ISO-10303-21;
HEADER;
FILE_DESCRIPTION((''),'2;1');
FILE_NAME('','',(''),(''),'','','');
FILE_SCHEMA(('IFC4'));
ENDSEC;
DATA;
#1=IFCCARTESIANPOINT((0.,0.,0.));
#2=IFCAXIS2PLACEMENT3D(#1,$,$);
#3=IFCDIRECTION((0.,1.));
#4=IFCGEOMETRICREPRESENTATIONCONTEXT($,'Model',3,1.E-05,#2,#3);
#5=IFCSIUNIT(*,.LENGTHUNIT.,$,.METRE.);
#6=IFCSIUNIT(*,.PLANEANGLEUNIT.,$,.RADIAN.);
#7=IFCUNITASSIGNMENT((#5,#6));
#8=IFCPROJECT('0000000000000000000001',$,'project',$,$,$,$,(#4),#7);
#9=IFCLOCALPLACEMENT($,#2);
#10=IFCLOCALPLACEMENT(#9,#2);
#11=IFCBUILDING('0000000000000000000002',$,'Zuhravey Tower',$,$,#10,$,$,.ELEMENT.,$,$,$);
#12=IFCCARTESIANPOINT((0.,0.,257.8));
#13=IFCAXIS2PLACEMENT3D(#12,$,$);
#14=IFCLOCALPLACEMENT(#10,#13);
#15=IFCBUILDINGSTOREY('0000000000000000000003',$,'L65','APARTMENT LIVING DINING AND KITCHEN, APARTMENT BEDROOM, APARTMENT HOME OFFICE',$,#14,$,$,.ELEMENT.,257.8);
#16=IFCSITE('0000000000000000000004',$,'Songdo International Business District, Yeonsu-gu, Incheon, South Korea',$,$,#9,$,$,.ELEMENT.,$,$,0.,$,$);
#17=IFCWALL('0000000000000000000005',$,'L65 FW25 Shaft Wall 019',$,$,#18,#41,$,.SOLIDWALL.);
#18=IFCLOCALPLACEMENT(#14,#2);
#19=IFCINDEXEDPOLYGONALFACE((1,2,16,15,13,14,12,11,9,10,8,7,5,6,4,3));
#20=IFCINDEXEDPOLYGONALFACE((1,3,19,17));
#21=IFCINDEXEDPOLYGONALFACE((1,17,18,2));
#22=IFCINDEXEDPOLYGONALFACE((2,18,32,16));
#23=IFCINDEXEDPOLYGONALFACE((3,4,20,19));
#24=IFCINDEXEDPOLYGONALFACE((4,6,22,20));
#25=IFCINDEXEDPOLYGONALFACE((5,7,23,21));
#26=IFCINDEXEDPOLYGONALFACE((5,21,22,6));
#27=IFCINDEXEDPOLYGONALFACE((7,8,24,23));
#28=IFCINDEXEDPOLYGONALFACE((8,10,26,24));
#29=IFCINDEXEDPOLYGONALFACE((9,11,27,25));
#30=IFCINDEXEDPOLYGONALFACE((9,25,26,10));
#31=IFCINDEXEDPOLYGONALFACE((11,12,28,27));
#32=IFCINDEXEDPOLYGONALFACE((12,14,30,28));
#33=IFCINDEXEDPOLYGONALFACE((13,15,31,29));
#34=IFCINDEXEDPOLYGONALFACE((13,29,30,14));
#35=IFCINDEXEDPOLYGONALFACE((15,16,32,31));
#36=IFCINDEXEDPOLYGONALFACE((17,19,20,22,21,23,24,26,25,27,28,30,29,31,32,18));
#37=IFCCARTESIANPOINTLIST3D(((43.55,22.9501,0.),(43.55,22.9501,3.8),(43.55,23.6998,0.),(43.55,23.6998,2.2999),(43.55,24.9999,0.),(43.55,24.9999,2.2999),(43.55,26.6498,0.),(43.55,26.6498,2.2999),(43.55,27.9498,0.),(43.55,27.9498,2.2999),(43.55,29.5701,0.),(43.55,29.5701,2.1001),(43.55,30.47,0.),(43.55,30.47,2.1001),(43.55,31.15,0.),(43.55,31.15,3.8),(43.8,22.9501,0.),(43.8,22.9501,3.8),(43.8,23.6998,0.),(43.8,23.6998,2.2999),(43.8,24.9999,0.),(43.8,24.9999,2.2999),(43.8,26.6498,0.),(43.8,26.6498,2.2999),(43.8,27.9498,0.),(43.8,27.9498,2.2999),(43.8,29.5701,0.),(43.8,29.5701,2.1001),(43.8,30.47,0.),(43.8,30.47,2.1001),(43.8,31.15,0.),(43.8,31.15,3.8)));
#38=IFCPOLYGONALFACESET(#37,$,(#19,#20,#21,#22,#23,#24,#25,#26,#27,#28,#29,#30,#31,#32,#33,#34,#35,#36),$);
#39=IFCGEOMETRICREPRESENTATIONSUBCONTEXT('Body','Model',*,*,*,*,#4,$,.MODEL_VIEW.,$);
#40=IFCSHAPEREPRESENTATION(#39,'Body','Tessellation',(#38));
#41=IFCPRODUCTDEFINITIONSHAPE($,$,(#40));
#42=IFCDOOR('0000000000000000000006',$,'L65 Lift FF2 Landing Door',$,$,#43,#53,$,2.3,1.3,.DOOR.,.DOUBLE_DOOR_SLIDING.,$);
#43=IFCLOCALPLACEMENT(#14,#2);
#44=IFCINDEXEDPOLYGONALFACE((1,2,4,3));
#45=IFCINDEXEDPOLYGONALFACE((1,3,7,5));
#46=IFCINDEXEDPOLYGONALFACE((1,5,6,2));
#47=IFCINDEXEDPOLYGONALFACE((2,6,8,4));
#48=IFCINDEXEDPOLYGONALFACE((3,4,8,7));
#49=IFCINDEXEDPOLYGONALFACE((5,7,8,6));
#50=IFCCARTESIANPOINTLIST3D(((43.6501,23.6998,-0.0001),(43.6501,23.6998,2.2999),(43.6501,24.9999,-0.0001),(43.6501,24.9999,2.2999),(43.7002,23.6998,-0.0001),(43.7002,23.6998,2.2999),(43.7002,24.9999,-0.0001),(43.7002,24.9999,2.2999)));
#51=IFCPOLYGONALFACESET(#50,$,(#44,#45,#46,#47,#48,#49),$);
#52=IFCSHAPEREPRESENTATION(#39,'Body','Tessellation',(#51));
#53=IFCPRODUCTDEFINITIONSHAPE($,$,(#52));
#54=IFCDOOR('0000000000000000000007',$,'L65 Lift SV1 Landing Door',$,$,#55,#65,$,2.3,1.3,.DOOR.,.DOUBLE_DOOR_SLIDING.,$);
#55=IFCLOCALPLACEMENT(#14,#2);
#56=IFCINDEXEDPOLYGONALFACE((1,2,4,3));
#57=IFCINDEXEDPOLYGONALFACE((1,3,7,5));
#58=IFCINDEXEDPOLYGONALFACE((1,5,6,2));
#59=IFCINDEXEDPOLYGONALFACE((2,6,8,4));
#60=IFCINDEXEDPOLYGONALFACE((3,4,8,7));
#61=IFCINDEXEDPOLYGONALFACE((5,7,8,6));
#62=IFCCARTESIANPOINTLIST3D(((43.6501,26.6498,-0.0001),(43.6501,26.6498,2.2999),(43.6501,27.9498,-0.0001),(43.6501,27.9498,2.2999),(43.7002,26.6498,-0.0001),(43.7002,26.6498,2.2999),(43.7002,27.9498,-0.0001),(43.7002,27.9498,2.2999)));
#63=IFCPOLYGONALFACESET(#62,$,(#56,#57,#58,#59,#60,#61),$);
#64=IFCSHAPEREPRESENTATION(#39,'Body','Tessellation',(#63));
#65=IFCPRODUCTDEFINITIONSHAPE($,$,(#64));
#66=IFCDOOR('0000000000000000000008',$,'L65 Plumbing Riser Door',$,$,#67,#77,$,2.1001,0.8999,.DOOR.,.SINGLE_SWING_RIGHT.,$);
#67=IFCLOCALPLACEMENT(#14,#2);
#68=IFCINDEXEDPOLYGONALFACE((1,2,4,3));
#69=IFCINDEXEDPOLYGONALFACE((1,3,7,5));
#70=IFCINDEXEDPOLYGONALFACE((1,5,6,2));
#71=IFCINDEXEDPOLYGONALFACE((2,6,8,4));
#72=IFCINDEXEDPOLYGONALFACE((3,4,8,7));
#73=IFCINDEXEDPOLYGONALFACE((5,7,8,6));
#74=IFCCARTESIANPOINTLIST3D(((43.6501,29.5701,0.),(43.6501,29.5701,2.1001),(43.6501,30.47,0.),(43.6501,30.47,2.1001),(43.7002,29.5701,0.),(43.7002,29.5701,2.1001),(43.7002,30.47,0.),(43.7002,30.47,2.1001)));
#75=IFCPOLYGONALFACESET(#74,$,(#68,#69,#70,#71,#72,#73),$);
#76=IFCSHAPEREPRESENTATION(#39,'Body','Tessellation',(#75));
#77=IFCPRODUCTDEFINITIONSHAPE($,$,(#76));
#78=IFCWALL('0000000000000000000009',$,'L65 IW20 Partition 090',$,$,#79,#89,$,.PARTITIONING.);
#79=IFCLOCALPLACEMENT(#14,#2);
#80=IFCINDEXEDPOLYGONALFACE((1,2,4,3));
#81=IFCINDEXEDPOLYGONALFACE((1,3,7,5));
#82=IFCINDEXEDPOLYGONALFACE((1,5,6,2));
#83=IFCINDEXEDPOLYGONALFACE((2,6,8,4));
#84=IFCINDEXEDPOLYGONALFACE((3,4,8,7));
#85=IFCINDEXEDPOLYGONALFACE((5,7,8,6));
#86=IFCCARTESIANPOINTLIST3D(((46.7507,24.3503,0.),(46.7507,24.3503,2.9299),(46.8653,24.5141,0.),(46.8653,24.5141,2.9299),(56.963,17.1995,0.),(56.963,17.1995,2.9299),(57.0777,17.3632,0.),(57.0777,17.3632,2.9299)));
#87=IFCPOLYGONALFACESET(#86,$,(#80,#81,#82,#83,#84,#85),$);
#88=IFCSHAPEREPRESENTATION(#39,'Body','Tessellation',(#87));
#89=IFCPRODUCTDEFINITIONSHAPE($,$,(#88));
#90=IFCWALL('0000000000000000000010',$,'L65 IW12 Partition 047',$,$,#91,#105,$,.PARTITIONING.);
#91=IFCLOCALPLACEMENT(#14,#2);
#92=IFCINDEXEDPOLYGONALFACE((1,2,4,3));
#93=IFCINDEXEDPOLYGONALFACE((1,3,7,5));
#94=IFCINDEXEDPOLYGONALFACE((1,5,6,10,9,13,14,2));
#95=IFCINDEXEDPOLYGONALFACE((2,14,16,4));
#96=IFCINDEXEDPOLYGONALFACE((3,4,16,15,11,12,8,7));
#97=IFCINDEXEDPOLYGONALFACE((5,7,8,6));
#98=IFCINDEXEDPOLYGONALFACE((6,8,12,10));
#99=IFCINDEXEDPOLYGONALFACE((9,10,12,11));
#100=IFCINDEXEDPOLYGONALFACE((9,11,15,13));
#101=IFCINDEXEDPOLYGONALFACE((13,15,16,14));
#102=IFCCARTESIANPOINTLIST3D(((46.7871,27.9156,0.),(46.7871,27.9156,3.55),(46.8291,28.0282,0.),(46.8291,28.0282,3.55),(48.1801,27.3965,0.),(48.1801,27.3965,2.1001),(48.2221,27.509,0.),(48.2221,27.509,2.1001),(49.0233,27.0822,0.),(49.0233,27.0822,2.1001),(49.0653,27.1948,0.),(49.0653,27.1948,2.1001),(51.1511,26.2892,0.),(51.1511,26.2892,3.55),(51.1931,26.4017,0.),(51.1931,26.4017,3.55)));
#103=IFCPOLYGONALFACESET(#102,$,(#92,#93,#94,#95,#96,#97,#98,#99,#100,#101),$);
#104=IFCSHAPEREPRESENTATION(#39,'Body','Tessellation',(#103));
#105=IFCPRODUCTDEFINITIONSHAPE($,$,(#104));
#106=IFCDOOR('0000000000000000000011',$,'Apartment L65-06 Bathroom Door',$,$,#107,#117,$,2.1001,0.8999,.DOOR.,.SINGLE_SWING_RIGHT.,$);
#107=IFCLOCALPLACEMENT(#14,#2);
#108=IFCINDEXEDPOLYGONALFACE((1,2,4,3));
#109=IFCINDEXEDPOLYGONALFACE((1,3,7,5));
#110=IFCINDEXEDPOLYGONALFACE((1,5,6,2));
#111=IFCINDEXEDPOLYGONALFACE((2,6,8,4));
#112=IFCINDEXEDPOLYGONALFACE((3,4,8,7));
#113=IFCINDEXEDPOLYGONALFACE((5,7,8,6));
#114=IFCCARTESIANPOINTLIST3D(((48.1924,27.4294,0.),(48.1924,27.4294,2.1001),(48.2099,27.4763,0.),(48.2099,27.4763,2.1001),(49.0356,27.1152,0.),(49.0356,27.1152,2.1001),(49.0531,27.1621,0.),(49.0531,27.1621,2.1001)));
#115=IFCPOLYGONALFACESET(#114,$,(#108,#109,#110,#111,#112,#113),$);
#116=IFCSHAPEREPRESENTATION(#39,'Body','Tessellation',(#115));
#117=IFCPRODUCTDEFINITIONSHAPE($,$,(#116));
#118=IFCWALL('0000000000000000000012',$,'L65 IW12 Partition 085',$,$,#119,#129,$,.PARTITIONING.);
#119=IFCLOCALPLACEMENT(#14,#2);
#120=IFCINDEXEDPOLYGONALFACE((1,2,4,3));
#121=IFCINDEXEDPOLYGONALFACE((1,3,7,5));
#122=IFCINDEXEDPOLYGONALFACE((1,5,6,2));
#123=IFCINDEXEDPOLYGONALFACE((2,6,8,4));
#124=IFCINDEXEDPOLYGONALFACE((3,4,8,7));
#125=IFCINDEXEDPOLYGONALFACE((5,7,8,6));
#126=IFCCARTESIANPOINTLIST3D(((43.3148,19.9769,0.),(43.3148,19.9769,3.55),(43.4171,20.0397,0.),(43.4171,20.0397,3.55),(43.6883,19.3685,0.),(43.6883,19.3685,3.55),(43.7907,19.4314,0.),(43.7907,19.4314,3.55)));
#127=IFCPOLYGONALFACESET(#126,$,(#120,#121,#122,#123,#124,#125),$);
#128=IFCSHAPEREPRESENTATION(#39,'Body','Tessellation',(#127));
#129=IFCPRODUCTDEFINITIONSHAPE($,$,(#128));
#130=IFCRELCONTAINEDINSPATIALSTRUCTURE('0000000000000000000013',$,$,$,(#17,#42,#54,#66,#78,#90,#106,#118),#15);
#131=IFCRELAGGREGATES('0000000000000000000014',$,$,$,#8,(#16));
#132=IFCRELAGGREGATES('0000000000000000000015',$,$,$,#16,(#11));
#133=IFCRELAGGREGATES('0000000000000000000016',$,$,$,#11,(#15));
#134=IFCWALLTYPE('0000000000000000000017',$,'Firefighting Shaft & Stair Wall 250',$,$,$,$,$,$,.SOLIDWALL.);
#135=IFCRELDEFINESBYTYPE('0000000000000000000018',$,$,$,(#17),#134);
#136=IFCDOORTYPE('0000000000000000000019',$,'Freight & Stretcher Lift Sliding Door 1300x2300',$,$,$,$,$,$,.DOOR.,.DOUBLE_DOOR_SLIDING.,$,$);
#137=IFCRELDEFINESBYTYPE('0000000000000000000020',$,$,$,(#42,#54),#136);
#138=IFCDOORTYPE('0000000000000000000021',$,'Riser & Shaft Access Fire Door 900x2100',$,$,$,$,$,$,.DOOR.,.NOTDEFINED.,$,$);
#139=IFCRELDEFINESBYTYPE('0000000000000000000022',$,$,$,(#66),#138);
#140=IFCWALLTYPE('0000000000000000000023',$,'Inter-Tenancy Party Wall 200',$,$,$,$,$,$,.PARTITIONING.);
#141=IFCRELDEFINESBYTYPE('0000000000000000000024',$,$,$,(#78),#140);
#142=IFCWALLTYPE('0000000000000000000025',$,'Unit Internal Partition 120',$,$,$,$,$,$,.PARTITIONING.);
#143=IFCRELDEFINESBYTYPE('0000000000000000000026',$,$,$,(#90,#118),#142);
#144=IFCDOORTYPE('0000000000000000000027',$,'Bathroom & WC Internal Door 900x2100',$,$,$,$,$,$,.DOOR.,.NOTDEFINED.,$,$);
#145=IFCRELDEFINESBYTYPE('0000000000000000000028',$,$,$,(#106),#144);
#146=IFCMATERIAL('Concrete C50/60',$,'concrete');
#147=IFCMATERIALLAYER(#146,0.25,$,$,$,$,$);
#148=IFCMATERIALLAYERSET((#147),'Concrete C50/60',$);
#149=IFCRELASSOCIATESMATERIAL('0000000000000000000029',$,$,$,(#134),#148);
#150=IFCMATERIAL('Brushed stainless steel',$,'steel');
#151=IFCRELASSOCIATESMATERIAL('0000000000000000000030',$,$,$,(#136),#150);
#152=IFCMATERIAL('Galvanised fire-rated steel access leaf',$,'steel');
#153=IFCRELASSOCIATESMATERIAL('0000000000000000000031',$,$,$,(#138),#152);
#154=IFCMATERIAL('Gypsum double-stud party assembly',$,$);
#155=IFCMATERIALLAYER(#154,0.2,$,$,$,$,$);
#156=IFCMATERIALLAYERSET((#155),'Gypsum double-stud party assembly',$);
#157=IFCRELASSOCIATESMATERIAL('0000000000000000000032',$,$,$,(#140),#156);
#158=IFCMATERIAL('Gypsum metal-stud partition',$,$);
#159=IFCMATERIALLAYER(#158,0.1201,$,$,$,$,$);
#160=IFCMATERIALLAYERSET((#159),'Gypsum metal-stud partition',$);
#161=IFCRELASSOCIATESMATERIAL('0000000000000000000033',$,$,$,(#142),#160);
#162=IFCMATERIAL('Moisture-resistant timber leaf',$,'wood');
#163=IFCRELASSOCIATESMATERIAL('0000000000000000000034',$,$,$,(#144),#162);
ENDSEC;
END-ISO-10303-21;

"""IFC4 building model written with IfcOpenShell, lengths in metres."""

from ifc_helpers import new_model, si_unit, direction, frame, frame_2d, origin, place, context, subcontext, project, spatial, rectangle, extrude, material, layer, layer_set, type_object, element, fill, save


model = new_model("IFC4")

# Units and contexts
model_context = context("Model", 3, precision=1e-05, world=origin(), true_north=direction((0.0, 1.0)))
body_context = subcontext(model_context, "Body", "Model", "MODEL_VIEW")
ifc_project = project(units=[si_unit("LENGTHUNIT", "METRE"), si_unit("PLANEANGLEUNIT", "RADIAN")], contexts=[model_context])

# Site, building, storey
site_placement = place(None, origin())
site = spatial("IfcSite", under=ifc_project, at=site_placement, Name="Songdo International Business District, Yeonsu-gu, Incheon, South Korea", CompositionType="ELEMENT", RefElevation=0.0)
building_placement = place(site_placement, origin())
building = spatial("IfcBuilding", under=site, at=building_placement, Name="Zuhravey Tower", CompositionType="ELEMENT")
storey_placement = place(building_placement, frame((0.0, 0.0, 257.8)))
storey = spatial("IfcBuildingStorey", under=building, at=storey_placement, Name="L65", Description="APARTMENT LIVING DINING AND KITCHEN, APARTMENT BEDROOM, APARTMENT HOME OFFICE", CompositionType="ELEMENT", Elevation=257.8)

# Shared definitions
ifc_material_1 = material(Name="Concrete C50/60", Category="concrete")

# Shared definitions
ifc_layer_1 = layer(ifc_material_1, 0.25)
ifc_layer_set_1 = layer_set([ifc_layer_1], Name="Concrete C50/60")
wall_type_1 = type_object("IfcWallType", Name="Firefighting Shaft & Stair Wall 250", PredefinedType="SOLIDWALL", material=ifc_layer_set_1)

# Wall, openings, doors
wall_1_placement = place(storey_placement, frame((43.675, 22.95, 0.0), z_axis=(0.0, 0.0, 1.0), x_axis=(0.0, 1.0, 0.0)))
wall_1 = element("IfcWall", 1, at=wall_1_placement, inside=storey, type_object=wall_type_1, Name="L65 FW25 Shaft Wall 019", PredefinedType="SOLIDWALL", context=body_context, shape_type="SweptSolid", body=[
    extrude(rectangle(XDim=8.2, YDim=0.25, at=frame_2d((4.1001, 0.0))), origin(), (0.0, 0.0, 1.0), 3.8),
])
opening_1_placement = place(wall_1_placement, frame((0.75, 0.0, 0.0)))
opening_1 = element("IfcOpeningElement", 2, at=opening_1_placement, cuts=wall_1, PredefinedType="OPENING", context=body_context, shape_type="SweptSolid", body=[
    extrude(rectangle(XDim=1.3, YDim=2.3, at=frame_2d((0.6499, 1.1499))), frame((0.0, 0.137, 0.0), z_axis=(0.0, -1.0, 0.0), x_axis=(1.0, 0.0, 0.0)), (0.0, 0.0, 1.0), 0.2739),
])
opening_2_placement = place(wall_1_placement, frame((3.7, 0.0, 0.0)))
opening_2 = element("IfcOpeningElement", 3, at=opening_2_placement, cuts=wall_1, PredefinedType="OPENING", context=body_context, shape_type="SweptSolid", body=[
    extrude(rectangle(XDim=1.3, YDim=2.3, at=frame_2d((0.6499, 1.1499))), frame((0.0, 0.137, 0.0), z_axis=(0.0, -1.0, 0.0), x_axis=(1.0, 0.0, 0.0)), (0.0, 0.0, 1.0), 0.2739),
])
opening_3_placement = place(wall_1_placement, frame((6.6201, 0.0, 0.0)))
opening_3 = element("IfcOpeningElement", 4, at=opening_3_placement, cuts=wall_1, PredefinedType="OPENING", context=body_context, shape_type="SweptSolid", body=[
    extrude(rectangle(XDim=0.8999, YDim=2.1001, at=frame_2d((0.45, 1.05))), frame((0.0, 0.137, 0.0), z_axis=(0.0, -1.0, 0.0), x_axis=(1.0, 0.0, 0.0)), (0.0, 0.0, 1.0), 0.2739),
])
ifc_material_2 = material(Name="Brushed stainless steel", Category="steel")
door_type_1 = type_object("IfcDoorType", Name="Freight & Stretcher Lift Sliding Door 1300x2300", OperationType="DOUBLE_DOOR_SLIDING", PredefinedType="DOOR", material=ifc_material_2)
door_1_placement = place(opening_1_placement, origin())
door_1 = element("IfcDoor", 5, at=door_1_placement, inside=storey, type_object=door_type_1, Name="L65 Lift FF2 Landing Door", OperationType="DOUBLE_DOOR_SLIDING", OverallHeight=2.3, OverallWidth=1.3, PredefinedType="DOOR", context=body_context, shape_type="SweptSolid", body=[
    extrude(rectangle(XDim=1.3, YDim=2.3, at=frame_2d((0.6499, 1.1499))), frame((0.0, 0.0249, 0.0), z_axis=(0.0, -1.0, 0.0), x_axis=(1.0, 0.0, 0.0)), (0.0, 0.0, 1.0), 0.05),
])
fill(opening_1, door_1)
door_2_placement = place(opening_2_placement, origin())
door_2 = element("IfcDoor", 6, at=door_2_placement, inside=storey, type_object=door_type_1, Name="L65 Lift SV1 Landing Door", OperationType="DOUBLE_DOOR_SLIDING", OverallHeight=2.3, OverallWidth=1.3, PredefinedType="DOOR", context=body_context, shape_type="SweptSolid", body=[
    extrude(rectangle(XDim=1.3, YDim=2.3, at=frame_2d((0.6499, 1.1499))), frame((0.0, 0.0249, 0.0), z_axis=(0.0, -1.0, 0.0), x_axis=(1.0, 0.0, 0.0)), (0.0, 0.0, 1.0), 0.05),
])
fill(opening_2, door_2)
ifc_material_3 = material(Name="Galvanised fire-rated steel access leaf", Category="steel")
door_type_2 = type_object("IfcDoorType", Name="Riser & Shaft Access Fire Door 900x2100", OperationType="NOTDEFINED", PredefinedType="DOOR", material=ifc_material_3)
door_3_placement = place(opening_3_placement, origin())
door_3 = element("IfcDoor", 7, at=door_3_placement, inside=storey, type_object=door_type_2, Name="L65 Plumbing Riser Door", OperationType="SINGLE_SWING_RIGHT", OverallHeight=2.1001, OverallWidth=0.8999, PredefinedType="DOOR", context=body_context, shape_type="SweptSolid", body=[
    extrude(rectangle(XDim=0.8999, YDim=2.1001, at=frame_2d((0.45, 1.05))), frame((0.0, 0.0249, 0.0), z_axis=(0.0, -1.0, 0.0), x_axis=(1.0, 0.0, 0.0)), (0.0, 0.0, 1.0), 0.05),
])
fill(opening_3, door_3)

# Wall
ifc_material_4 = material(Name="Gypsum double-stud party assembly")
ifc_layer_2 = layer(ifc_material_4, 0.2)
ifc_layer_set_2 = layer_set([ifc_layer_2], Name="Gypsum double-stud party assembly")
wall_type_2 = type_object("IfcWallType", Name="Inter-Tenancy Party Wall 200", PredefinedType="PARTITIONING", material=ifc_layer_set_2)
wall_2_placement = place(storey_placement, frame((46.8081, 24.4321, 0.0), z_axis=(0.0, 0.0, 1.0), x_axis=(0.819149, -0.573581, 0.0)))
element("IfcWall", 8, at=wall_2_placement, inside=storey, type_object=wall_type_2, Name="L65 IW20 Partition 090", PredefinedType="PARTITIONING", context=body_context, shape_type="SweptSolid", body=[
    extrude(rectangle(XDim=12.467, YDim=0.2, at=frame_2d((6.2334, 0.0))), origin(), (0.0, 0.0, 1.0), 2.9299),
])

# Wall, opening, door
ifc_material_5 = material(Name="Gypsum metal-stud partition")
ifc_layer_3 = layer(ifc_material_5, 0.1201)
ifc_layer_set_3 = layer_set([ifc_layer_3], Name="Gypsum metal-stud partition")
wall_type_3 = type_object("IfcWallType", Name="Unit Internal Partition 120", PredefinedType="PARTITIONING", material=ifc_layer_set_3)
wall_3_placement = place(storey_placement, frame((46.8081, 27.9719, 0.0), z_axis=(0.0, 0.0, 1.0), x_axis=(0.937036, -0.349233, 0.0)))
wall_3 = element("IfcWall", 9, at=wall_3_placement, inside=storey, type_object=wall_type_3, Name="L65 IW12 Partition 047", PredefinedType="PARTITIONING", context=body_context, shape_type="SweptSolid", body=[
    extrude(rectangle(XDim=4.6572, YDim=0.1201, at=frame_2d((2.3286, 0.0))), origin(), (0.0, 0.0, 1.0), 3.55),
])
opening_4_placement = place(wall_3_placement, frame((1.4866, 0.0, 0.0)))
opening_4 = element("IfcOpeningElement", 10, at=opening_4_placement, cuts=wall_3, PredefinedType="OPENING", context=body_context, shape_type="SweptSolid", body=[
    extrude(rectangle(XDim=0.8999, YDim=2.1001, at=frame_2d((0.45, 1.05))), frame((0.0, 0.072, 0.0), z_axis=(0.0, -1.0, 0.0), x_axis=(1.0, 0.0, 0.0)), (0.0, 0.0, 1.0), 0.144),
])
ifc_material_6 = material(Name="Moisture-resistant timber leaf", Category="wood")
door_type_3 = type_object("IfcDoorType", Name="Bathroom & WC Internal Door 900x2100", OperationType="NOTDEFINED", PredefinedType="DOOR", material=ifc_material_6)
door_4_placement = place(opening_4_placement, frame((0.8999, 0.0, 0.0), z_axis=(0.0, 0.0, 1.0), x_axis=(-1.0, 0.0, 0.0)))
door_4 = element("IfcDoor", 11, at=door_4_placement, inside=storey, type_object=door_type_3, Name="Apartment L65-06 Bathroom Door", OperationType="SINGLE_SWING_RIGHT", OverallHeight=2.1001, OverallWidth=0.8999, PredefinedType="DOOR", context=body_context, shape_type="SweptSolid", body=[
    extrude(rectangle(XDim=0.8999, YDim=2.1001, at=frame_2d((0.45, 1.05))), frame((0.0, 0.0249, 0.0), z_axis=(0.0, -1.0, 0.0), x_axis=(1.0, 0.0, 0.0)), (0.0, 0.0, 1.0), 0.05),
])
fill(opening_4, door_4)

# Wall
wall_4_placement = place(storey_placement, frame((43.366, 20.0083, 0.0), z_axis=(0.0, 0.0, 1.0), x_axis=(0.523219, -0.852198, 0.0)))
element("IfcWall", 12, at=wall_4_placement, inside=storey, type_object=wall_type_3, Name="L65 IW12 Partition 085", PredefinedType="PARTITIONING", context=body_context, shape_type="SweptSolid", body=[
    extrude(rectangle(XDim=0.7139, YDim=0.1201, at=frame_2d((0.3569, 0.0))), origin(), (0.0, 0.0, 1.0), 3.55),
])

save(model, "model.ifc")
